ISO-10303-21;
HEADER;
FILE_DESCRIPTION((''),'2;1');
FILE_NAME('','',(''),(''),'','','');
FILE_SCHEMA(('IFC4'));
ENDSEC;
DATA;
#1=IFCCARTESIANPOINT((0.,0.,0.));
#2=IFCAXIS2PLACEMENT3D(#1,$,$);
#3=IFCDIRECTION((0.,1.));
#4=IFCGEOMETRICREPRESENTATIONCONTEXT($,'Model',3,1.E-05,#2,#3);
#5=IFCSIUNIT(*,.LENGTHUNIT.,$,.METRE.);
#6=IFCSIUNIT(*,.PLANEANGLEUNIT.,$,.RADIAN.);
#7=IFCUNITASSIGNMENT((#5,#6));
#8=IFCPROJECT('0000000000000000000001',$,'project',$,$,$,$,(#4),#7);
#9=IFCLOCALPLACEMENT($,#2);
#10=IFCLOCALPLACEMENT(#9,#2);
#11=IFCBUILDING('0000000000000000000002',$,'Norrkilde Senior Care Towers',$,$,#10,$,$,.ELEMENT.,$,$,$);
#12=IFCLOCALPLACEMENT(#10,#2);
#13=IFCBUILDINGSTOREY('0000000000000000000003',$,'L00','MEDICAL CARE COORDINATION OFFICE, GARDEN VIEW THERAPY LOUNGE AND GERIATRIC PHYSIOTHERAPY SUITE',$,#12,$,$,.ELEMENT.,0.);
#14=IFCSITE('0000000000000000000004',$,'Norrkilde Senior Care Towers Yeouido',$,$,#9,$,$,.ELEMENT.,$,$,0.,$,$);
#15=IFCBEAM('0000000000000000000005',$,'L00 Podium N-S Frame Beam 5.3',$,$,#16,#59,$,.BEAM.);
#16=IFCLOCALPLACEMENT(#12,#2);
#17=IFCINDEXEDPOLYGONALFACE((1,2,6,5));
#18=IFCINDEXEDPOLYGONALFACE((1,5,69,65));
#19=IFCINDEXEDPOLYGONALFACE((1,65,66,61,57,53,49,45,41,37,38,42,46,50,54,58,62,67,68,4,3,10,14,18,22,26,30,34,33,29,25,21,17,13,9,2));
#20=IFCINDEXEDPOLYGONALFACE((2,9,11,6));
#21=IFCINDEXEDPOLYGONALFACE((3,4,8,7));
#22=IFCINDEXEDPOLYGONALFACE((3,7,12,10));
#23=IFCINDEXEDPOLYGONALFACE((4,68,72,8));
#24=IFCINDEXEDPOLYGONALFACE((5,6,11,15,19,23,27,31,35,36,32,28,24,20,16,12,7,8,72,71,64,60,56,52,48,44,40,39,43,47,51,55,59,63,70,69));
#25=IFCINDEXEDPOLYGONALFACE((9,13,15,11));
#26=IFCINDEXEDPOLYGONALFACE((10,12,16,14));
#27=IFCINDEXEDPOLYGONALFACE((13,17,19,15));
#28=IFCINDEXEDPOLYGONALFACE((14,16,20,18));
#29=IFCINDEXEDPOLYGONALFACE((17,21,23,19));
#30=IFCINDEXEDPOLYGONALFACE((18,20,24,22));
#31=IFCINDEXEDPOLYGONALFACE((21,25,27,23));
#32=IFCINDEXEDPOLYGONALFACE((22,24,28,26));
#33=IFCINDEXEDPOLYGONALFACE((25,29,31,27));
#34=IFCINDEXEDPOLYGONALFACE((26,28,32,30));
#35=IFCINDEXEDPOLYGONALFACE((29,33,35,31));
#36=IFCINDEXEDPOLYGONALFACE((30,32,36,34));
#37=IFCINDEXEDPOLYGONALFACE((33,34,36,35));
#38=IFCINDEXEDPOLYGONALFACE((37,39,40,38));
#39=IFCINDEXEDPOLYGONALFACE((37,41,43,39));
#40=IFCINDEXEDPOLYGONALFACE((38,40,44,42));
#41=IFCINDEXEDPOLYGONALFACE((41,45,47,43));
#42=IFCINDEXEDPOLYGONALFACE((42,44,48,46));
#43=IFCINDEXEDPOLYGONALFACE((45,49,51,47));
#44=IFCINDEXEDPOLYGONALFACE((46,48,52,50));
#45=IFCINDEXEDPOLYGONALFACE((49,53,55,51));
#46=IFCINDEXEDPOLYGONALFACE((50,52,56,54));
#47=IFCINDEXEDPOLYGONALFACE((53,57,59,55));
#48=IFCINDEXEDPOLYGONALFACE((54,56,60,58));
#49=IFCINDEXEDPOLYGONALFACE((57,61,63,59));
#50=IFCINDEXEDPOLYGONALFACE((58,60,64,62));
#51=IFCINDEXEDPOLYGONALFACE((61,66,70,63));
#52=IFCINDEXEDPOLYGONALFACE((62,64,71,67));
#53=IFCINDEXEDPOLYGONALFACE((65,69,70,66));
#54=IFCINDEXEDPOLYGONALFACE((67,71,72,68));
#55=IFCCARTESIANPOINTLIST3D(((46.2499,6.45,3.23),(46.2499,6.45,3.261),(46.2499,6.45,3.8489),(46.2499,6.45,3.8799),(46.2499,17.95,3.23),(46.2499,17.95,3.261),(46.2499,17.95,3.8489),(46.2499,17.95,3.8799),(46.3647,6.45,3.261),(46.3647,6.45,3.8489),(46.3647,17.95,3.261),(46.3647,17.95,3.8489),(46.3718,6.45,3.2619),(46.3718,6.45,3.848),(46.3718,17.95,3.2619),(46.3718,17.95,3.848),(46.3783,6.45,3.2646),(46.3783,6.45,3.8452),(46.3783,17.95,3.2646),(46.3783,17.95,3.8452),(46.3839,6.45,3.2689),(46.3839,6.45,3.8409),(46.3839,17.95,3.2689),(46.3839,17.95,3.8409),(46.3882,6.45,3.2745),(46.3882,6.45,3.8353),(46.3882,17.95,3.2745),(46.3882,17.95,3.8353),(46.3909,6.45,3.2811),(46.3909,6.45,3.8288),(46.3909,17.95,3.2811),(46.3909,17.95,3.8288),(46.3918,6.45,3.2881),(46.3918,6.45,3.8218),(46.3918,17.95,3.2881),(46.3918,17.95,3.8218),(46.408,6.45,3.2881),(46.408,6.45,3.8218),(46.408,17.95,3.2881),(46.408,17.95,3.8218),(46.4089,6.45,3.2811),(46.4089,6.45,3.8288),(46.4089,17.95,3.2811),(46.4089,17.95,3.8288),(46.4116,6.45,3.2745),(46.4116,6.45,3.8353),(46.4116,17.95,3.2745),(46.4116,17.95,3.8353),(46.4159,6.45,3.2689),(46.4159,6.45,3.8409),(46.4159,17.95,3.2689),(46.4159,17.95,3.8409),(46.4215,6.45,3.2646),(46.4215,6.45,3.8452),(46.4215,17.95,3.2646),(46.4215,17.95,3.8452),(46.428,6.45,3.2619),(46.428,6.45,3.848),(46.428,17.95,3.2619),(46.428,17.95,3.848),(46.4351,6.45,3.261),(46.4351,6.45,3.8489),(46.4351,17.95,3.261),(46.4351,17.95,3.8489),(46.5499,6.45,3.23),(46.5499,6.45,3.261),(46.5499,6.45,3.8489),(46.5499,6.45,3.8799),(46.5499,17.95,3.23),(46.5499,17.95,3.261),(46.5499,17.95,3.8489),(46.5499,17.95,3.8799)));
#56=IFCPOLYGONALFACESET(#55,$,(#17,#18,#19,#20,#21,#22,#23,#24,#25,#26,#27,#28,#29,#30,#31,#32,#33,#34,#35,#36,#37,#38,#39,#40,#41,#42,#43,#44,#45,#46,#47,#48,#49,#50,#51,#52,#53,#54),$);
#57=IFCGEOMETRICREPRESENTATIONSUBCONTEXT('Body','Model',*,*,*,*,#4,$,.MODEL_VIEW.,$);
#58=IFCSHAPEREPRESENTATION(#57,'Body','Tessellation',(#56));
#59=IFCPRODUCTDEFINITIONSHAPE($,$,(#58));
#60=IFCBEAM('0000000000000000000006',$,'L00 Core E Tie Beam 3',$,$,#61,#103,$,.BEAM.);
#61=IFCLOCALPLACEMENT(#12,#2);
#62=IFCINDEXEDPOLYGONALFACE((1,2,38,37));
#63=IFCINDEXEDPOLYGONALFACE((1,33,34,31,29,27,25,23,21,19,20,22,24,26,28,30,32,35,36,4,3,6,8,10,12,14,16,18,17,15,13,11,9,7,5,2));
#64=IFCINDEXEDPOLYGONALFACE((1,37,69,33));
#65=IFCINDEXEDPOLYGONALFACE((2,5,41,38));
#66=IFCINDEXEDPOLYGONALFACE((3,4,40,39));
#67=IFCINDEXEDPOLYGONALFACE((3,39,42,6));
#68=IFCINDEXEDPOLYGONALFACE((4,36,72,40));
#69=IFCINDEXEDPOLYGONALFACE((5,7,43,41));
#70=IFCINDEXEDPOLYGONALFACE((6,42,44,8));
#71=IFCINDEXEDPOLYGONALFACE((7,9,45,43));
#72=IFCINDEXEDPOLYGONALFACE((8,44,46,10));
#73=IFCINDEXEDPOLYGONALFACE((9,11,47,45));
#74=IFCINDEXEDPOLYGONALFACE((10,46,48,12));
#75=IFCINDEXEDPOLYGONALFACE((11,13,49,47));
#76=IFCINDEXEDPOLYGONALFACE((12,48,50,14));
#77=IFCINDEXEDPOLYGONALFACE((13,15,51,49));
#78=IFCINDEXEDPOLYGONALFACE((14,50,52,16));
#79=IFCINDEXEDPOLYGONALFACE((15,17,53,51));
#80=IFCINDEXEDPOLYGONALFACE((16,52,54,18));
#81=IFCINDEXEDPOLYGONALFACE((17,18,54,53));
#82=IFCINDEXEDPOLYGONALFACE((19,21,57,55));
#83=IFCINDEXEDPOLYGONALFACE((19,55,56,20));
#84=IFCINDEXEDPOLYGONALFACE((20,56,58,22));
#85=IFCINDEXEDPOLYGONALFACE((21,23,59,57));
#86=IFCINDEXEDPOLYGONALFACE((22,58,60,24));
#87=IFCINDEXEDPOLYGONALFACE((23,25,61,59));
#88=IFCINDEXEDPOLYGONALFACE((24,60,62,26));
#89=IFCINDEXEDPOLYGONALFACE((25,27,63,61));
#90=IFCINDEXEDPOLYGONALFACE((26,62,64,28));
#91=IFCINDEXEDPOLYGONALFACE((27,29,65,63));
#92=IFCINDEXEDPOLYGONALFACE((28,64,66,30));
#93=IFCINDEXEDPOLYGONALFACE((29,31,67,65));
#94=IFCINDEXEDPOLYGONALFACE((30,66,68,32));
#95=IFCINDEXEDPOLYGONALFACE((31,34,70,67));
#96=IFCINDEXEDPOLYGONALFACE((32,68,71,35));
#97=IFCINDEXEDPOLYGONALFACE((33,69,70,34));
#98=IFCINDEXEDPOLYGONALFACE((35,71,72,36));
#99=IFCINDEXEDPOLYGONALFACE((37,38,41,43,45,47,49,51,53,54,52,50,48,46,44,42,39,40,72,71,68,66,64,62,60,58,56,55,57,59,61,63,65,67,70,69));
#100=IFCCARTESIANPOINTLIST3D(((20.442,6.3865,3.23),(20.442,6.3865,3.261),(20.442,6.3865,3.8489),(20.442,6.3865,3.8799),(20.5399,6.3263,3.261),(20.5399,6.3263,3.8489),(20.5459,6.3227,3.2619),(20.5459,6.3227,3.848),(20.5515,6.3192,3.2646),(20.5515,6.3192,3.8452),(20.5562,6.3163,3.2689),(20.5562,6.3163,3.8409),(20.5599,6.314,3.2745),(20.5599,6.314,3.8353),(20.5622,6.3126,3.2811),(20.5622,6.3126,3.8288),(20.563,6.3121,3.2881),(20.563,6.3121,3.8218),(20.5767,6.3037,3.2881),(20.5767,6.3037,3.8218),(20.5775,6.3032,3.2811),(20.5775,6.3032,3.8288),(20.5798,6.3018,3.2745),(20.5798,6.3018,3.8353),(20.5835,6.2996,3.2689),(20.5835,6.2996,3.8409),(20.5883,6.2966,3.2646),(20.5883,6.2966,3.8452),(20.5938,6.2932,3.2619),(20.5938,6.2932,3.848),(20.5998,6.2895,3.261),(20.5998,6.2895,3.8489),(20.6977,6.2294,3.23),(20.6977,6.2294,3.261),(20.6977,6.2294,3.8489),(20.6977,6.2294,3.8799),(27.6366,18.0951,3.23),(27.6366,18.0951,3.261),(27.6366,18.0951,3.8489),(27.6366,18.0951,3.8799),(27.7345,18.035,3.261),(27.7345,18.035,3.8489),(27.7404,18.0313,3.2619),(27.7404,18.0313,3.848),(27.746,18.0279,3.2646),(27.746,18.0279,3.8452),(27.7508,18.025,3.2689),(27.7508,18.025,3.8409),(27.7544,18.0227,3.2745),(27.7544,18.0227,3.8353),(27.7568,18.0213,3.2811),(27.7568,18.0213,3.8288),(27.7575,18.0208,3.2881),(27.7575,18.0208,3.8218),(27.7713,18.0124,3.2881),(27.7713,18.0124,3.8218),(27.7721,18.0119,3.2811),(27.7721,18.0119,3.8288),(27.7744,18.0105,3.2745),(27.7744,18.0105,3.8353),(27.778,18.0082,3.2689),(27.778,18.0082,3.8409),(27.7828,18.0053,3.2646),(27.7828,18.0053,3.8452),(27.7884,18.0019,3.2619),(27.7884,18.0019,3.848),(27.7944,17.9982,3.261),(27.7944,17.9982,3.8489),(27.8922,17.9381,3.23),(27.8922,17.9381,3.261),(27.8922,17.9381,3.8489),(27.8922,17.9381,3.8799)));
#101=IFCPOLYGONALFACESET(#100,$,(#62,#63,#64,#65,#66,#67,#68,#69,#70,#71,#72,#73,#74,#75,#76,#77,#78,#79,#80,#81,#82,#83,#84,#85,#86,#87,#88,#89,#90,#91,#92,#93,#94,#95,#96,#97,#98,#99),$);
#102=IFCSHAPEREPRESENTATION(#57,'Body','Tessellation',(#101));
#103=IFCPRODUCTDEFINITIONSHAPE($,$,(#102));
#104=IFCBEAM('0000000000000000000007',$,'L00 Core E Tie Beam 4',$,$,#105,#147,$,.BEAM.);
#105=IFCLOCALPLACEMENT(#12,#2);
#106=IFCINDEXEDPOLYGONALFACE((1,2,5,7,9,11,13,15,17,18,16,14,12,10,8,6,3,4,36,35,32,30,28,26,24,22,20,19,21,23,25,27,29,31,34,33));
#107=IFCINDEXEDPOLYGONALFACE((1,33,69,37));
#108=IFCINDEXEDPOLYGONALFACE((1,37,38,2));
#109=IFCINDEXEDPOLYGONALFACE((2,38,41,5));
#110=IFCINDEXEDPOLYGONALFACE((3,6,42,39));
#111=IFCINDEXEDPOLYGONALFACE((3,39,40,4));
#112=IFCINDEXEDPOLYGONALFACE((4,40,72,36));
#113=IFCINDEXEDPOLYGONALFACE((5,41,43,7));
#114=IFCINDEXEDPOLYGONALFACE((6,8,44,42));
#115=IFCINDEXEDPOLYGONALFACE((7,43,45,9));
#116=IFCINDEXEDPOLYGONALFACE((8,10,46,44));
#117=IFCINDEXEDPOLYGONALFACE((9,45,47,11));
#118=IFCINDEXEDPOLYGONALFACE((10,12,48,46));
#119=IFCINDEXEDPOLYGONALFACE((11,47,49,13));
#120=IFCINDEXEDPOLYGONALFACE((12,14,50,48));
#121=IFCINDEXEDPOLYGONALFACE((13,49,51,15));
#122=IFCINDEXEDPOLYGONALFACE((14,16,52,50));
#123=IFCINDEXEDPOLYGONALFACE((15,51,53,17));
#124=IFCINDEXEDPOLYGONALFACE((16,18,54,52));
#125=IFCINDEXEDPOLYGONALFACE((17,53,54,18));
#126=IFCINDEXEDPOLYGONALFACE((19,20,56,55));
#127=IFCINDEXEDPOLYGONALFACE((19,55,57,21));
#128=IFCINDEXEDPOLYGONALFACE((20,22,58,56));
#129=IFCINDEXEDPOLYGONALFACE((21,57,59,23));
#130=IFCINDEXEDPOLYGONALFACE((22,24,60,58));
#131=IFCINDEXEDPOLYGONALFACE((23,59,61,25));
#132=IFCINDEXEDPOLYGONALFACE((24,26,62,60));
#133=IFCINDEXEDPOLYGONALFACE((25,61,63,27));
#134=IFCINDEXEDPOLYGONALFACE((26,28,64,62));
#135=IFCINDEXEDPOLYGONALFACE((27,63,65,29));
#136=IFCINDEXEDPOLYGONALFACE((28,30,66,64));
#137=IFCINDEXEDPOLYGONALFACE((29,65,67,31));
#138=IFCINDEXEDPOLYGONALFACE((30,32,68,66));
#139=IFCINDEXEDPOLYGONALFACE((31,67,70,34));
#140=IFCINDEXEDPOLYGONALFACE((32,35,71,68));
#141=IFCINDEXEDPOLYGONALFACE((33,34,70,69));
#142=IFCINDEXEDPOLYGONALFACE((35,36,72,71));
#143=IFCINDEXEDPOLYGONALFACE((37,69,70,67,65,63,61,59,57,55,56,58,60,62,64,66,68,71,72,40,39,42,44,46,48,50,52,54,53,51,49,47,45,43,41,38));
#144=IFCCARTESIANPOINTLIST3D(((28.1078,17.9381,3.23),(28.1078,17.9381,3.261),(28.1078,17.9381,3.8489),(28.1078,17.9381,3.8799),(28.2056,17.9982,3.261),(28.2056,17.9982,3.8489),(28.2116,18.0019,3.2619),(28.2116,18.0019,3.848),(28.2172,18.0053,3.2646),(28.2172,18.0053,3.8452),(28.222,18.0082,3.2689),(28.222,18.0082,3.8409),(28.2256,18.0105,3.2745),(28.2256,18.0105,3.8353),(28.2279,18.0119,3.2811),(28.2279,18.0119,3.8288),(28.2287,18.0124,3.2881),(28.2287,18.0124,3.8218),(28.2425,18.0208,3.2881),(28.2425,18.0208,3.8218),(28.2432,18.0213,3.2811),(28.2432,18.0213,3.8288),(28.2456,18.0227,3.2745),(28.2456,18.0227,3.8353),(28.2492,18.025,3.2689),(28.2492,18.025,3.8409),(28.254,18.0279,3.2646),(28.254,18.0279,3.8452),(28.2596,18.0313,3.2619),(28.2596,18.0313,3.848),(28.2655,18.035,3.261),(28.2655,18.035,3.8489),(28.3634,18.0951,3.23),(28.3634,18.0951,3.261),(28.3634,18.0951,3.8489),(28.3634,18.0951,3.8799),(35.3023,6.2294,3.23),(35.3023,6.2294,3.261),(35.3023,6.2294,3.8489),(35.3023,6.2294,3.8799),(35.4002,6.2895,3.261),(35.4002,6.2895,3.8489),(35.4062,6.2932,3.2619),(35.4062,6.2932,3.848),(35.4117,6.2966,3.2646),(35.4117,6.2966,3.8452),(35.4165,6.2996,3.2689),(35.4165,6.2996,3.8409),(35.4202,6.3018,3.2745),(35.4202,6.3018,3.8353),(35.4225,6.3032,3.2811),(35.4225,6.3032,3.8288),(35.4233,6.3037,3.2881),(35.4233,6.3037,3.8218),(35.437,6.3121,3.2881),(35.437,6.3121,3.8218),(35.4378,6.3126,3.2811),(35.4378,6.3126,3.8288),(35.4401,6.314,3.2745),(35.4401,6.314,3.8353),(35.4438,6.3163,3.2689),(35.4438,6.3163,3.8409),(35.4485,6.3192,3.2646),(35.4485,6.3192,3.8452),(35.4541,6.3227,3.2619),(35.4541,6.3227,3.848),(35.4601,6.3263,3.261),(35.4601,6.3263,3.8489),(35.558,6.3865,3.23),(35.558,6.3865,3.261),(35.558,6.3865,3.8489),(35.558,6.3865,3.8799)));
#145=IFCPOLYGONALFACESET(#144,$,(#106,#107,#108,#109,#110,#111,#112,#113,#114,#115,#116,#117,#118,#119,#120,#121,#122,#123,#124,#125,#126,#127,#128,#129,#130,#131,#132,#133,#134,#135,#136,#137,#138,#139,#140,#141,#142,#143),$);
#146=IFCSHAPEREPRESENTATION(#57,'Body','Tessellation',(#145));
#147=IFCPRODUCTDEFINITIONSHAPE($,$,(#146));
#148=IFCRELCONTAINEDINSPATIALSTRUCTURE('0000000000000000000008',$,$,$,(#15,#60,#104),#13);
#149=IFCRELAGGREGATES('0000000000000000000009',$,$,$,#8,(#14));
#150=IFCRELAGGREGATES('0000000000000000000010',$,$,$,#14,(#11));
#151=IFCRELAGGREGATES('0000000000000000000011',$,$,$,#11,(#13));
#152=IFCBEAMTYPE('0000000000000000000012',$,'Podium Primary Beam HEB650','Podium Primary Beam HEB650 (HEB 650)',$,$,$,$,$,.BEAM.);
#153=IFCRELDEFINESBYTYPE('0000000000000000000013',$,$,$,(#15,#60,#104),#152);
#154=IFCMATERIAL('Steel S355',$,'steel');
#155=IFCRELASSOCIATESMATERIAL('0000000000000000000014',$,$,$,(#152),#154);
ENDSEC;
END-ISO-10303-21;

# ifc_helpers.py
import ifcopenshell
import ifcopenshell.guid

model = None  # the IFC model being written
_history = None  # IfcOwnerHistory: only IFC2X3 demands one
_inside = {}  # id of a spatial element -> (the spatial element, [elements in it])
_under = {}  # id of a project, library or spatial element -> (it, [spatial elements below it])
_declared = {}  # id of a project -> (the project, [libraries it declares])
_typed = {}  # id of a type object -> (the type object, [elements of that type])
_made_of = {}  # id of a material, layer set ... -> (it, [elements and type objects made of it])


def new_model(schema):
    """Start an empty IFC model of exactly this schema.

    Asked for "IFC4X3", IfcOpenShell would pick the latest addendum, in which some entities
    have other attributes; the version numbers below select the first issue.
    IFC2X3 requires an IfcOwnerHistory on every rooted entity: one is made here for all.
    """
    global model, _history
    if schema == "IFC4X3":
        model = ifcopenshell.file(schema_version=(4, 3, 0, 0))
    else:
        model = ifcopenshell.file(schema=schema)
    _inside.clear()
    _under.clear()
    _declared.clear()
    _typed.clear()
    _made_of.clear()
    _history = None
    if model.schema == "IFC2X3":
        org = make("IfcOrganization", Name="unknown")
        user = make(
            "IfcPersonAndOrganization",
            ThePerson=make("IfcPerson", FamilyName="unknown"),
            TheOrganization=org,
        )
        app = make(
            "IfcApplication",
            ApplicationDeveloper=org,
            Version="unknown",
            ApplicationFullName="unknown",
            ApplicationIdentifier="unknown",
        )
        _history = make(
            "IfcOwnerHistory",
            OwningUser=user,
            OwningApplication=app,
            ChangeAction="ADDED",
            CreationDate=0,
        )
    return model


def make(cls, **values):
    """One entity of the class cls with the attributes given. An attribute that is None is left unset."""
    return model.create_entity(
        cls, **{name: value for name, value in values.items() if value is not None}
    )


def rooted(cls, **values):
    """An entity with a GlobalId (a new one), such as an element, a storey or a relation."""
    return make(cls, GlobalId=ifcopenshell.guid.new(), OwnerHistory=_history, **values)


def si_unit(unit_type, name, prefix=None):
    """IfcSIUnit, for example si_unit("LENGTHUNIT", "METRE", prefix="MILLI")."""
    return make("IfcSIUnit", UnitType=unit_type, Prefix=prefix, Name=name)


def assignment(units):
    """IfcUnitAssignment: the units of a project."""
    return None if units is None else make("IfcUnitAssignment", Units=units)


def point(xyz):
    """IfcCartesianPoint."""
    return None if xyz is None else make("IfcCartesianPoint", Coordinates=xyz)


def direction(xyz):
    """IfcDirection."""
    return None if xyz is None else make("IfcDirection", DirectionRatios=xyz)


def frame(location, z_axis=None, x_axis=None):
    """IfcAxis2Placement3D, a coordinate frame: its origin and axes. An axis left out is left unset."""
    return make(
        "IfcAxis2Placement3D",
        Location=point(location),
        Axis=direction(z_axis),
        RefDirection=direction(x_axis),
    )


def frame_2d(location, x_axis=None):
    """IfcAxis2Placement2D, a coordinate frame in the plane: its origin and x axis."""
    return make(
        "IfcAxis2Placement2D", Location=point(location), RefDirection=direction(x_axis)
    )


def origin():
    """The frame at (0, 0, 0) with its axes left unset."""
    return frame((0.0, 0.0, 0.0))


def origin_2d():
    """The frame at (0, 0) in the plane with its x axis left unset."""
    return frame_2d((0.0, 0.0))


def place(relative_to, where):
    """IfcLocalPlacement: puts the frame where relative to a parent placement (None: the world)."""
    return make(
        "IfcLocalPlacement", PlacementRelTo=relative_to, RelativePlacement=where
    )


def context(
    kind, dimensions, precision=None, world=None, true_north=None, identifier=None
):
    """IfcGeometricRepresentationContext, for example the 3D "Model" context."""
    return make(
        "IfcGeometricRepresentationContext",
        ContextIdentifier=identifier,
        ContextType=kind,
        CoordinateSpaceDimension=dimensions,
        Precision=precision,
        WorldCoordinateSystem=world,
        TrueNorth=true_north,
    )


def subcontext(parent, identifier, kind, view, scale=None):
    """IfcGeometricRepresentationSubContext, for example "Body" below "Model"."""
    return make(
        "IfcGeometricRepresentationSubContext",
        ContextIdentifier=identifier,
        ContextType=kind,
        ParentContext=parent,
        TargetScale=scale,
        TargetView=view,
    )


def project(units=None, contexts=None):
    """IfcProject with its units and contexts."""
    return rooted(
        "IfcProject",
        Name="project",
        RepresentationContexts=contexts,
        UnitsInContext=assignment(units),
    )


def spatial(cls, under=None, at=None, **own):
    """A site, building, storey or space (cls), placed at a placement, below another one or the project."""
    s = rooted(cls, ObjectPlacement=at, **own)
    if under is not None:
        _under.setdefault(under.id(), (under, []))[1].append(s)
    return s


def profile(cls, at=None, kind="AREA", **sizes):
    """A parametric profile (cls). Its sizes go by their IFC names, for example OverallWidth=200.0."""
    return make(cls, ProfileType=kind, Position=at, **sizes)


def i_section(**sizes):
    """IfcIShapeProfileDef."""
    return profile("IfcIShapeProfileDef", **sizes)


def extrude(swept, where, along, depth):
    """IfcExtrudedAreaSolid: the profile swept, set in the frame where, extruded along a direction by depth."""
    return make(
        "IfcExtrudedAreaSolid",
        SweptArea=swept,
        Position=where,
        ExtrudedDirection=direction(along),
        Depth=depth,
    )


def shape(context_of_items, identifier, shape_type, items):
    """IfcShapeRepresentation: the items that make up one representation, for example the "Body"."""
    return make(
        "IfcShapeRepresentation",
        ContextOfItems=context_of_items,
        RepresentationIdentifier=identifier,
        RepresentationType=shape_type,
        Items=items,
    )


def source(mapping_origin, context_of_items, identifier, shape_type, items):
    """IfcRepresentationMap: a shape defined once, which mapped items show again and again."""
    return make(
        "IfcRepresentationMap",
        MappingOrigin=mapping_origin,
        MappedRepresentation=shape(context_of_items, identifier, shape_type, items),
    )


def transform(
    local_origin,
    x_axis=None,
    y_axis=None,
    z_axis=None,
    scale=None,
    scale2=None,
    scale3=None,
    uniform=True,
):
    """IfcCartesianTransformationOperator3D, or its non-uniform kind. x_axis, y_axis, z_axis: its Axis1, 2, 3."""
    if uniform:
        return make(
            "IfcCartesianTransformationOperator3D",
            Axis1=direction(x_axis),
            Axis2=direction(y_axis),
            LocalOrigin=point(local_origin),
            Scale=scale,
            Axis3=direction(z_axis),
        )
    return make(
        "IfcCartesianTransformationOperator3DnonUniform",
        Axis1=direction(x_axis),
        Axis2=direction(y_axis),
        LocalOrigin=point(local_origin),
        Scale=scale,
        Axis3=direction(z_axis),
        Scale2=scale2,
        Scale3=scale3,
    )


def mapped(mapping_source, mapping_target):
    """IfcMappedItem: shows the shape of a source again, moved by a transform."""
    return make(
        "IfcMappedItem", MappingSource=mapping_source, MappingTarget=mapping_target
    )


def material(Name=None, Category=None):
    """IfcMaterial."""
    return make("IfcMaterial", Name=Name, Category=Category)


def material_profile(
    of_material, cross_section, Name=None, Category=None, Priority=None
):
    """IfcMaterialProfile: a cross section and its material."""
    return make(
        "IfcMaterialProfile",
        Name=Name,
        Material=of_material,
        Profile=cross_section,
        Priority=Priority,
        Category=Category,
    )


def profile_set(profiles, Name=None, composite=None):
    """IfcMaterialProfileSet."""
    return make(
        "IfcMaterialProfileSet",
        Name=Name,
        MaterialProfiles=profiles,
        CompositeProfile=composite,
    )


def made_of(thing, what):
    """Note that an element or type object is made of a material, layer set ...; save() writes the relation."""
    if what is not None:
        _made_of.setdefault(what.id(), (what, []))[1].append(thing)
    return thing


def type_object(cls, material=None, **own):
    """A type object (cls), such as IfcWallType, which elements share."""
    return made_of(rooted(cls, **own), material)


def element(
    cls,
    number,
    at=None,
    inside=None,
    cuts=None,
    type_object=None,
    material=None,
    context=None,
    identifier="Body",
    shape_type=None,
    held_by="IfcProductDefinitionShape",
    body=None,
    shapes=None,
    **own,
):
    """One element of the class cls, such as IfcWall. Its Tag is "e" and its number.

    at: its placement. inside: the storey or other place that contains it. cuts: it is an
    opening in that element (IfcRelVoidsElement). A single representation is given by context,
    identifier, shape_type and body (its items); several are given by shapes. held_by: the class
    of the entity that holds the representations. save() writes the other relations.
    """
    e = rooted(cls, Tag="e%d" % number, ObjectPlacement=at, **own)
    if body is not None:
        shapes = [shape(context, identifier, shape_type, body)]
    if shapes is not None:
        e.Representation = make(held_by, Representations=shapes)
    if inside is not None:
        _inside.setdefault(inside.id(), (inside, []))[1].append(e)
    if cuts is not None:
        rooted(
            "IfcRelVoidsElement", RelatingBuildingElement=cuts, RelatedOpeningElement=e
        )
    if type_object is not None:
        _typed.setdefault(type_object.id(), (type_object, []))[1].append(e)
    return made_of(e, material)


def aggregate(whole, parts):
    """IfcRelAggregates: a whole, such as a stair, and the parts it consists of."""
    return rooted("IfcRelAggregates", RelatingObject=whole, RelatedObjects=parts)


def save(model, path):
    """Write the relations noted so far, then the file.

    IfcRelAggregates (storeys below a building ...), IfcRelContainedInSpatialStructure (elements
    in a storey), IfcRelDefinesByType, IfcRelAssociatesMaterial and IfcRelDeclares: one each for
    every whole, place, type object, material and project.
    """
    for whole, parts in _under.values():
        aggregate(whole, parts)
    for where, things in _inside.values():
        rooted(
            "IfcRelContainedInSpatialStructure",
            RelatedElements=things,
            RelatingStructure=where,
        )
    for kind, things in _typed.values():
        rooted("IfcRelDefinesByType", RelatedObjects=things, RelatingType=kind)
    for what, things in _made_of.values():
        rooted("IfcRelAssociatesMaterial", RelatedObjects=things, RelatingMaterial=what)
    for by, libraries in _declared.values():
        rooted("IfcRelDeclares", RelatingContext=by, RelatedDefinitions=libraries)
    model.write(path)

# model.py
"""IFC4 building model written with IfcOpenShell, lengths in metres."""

from ifc_helpers import new_model, si_unit, direction, frame, origin, origin_2d, place, context, subcontext, project, spatial, i_section, extrude, source, transform, mapped, material, material_profile, profile_set, type_object, element, save


model = new_model("IFC4")

# Units and contexts
model_context = context("Model", 3, precision=1e-05, world=origin(), true_north=direction((0.0, 1.0)))
body_context = subcontext(model_context, "Body", "Model", "MODEL_VIEW")
ifc_project = project(units=[si_unit("LENGTHUNIT", "METRE"), si_unit("PLANEANGLEUNIT", "RADIAN")], contexts=[model_context])

# Site, building, storey
site_placement = place(None, origin())
site = spatial("IfcSite", under=ifc_project, at=site_placement, Name="Norrkilde Senior Care Towers Yeouido", CompositionType="ELEMENT", RefElevation=0.0)
building_placement = place(site_placement, origin())
building = spatial("IfcBuilding", under=site, at=building_placement, Name="Norrkilde Senior Care Towers", CompositionType="ELEMENT")
storey_placement = place(building_placement, origin())
storey = spatial("IfcBuildingStorey", under=building, at=storey_placement, Name="L00", Description="MEDICAL CARE COORDINATION OFFICE, GARDEN VIEW THERAPY LOUNGE AND GERIATRIC PHYSIOTHERAPY SUITE", CompositionType="ELEMENT", Elevation=0.0)

# Beams
ifc_material_1 = material(Name="Steel S355", Category="steel")
ifc_material_profile_1 = material_profile(ifc_material_1, i_section(OverallWidth=0.3, OverallDepth=0.6499, WebThickness=0.0161, FlangeThickness=0.031, FilletRadius=0.0271, at=origin_2d()), Name="HEB 650")
ifc_profile_set_1 = profile_set([ifc_material_profile_1], Name="Steel S355")
beam_type = type_object("IfcBeamType", Name="Podium Primary Beam HEB650", Description="Podium Primary Beam HEB650 (HEB 650)", PredefinedType="BEAM", material=ifc_profile_set_1)
shared_shape_1 = source(origin(), body_context, "Body", "SweptSolid", [
    extrude(i_section(OverallWidth=0.3, OverallDepth=0.6499, WebThickness=0.0161, FlangeThickness=0.031, FilletRadius=0.0271, at=origin_2d()), origin(), (0.0, 0.0, 1.0), 11.5),
])
beam_placement = place(storey_placement, frame((46.3999, 6.45, 3.5549), z_axis=(0.0, 1.0, 0.0), x_axis=(-1.0, 0.0, 0.0)))
element("IfcBeam", 1, at=beam_placement, inside=storey, type_object=beam_type, Name="L00 Podium N-S Frame Beam 5.3", PredefinedType="BEAM", context=body_context, shape_type="MappedRepresentation", body=[
    mapped(shared_shape_1, transform((0.0, 0.0, 0.0), x_axis=(1.0, 0.0, 0.0), y_axis=(0.0, 1.0, 0.0), z_axis=(0.0, 0.0, 1.0), scale=1.0)),
])
shared_shape_2 = source(origin(), body_context, "Body", "SweptSolid", [
    extrude(i_section(OverallWidth=0.3, OverallDepth=0.6499, WebThickness=0.0161, FlangeThickness=0.031, FilletRadius=0.0271, at=origin_2d()), origin(), (0.0, 0.0, 1.0), 13.7424),
])
for number, where, z_axis, x_axis, name in (
    (2, (27.7644, 18.0166, 3.5549), (-0.523527, -0.852009, 0.0), (0.852009, -0.523527, 0.0), "L00 Core E Tie Beam 3"),
    (3, (28.2356, 18.0166, 3.5549), (0.523527, -0.852009, 0.0), (0.852009, 0.523527, 0.0), "L00 Core E Tie Beam 4"),
):
    element("IfcBeam", number, at=place(storey_placement, frame(where, z_axis=z_axis, x_axis=x_axis)), inside=storey, type_object=beam_type, Name=name, PredefinedType="BEAM", context=body_context, shape_type="MappedRepresentation", body=[
        mapped(shared_shape_2, transform((0.0, 0.0, 0.0), x_axis=(1.0, 0.0, 0.0), y_axis=(0.0, 1.0, 0.0), z_axis=(0.0, 0.0, 1.0), scale=1.0)),
    ])

save(model, "model.ifc")
